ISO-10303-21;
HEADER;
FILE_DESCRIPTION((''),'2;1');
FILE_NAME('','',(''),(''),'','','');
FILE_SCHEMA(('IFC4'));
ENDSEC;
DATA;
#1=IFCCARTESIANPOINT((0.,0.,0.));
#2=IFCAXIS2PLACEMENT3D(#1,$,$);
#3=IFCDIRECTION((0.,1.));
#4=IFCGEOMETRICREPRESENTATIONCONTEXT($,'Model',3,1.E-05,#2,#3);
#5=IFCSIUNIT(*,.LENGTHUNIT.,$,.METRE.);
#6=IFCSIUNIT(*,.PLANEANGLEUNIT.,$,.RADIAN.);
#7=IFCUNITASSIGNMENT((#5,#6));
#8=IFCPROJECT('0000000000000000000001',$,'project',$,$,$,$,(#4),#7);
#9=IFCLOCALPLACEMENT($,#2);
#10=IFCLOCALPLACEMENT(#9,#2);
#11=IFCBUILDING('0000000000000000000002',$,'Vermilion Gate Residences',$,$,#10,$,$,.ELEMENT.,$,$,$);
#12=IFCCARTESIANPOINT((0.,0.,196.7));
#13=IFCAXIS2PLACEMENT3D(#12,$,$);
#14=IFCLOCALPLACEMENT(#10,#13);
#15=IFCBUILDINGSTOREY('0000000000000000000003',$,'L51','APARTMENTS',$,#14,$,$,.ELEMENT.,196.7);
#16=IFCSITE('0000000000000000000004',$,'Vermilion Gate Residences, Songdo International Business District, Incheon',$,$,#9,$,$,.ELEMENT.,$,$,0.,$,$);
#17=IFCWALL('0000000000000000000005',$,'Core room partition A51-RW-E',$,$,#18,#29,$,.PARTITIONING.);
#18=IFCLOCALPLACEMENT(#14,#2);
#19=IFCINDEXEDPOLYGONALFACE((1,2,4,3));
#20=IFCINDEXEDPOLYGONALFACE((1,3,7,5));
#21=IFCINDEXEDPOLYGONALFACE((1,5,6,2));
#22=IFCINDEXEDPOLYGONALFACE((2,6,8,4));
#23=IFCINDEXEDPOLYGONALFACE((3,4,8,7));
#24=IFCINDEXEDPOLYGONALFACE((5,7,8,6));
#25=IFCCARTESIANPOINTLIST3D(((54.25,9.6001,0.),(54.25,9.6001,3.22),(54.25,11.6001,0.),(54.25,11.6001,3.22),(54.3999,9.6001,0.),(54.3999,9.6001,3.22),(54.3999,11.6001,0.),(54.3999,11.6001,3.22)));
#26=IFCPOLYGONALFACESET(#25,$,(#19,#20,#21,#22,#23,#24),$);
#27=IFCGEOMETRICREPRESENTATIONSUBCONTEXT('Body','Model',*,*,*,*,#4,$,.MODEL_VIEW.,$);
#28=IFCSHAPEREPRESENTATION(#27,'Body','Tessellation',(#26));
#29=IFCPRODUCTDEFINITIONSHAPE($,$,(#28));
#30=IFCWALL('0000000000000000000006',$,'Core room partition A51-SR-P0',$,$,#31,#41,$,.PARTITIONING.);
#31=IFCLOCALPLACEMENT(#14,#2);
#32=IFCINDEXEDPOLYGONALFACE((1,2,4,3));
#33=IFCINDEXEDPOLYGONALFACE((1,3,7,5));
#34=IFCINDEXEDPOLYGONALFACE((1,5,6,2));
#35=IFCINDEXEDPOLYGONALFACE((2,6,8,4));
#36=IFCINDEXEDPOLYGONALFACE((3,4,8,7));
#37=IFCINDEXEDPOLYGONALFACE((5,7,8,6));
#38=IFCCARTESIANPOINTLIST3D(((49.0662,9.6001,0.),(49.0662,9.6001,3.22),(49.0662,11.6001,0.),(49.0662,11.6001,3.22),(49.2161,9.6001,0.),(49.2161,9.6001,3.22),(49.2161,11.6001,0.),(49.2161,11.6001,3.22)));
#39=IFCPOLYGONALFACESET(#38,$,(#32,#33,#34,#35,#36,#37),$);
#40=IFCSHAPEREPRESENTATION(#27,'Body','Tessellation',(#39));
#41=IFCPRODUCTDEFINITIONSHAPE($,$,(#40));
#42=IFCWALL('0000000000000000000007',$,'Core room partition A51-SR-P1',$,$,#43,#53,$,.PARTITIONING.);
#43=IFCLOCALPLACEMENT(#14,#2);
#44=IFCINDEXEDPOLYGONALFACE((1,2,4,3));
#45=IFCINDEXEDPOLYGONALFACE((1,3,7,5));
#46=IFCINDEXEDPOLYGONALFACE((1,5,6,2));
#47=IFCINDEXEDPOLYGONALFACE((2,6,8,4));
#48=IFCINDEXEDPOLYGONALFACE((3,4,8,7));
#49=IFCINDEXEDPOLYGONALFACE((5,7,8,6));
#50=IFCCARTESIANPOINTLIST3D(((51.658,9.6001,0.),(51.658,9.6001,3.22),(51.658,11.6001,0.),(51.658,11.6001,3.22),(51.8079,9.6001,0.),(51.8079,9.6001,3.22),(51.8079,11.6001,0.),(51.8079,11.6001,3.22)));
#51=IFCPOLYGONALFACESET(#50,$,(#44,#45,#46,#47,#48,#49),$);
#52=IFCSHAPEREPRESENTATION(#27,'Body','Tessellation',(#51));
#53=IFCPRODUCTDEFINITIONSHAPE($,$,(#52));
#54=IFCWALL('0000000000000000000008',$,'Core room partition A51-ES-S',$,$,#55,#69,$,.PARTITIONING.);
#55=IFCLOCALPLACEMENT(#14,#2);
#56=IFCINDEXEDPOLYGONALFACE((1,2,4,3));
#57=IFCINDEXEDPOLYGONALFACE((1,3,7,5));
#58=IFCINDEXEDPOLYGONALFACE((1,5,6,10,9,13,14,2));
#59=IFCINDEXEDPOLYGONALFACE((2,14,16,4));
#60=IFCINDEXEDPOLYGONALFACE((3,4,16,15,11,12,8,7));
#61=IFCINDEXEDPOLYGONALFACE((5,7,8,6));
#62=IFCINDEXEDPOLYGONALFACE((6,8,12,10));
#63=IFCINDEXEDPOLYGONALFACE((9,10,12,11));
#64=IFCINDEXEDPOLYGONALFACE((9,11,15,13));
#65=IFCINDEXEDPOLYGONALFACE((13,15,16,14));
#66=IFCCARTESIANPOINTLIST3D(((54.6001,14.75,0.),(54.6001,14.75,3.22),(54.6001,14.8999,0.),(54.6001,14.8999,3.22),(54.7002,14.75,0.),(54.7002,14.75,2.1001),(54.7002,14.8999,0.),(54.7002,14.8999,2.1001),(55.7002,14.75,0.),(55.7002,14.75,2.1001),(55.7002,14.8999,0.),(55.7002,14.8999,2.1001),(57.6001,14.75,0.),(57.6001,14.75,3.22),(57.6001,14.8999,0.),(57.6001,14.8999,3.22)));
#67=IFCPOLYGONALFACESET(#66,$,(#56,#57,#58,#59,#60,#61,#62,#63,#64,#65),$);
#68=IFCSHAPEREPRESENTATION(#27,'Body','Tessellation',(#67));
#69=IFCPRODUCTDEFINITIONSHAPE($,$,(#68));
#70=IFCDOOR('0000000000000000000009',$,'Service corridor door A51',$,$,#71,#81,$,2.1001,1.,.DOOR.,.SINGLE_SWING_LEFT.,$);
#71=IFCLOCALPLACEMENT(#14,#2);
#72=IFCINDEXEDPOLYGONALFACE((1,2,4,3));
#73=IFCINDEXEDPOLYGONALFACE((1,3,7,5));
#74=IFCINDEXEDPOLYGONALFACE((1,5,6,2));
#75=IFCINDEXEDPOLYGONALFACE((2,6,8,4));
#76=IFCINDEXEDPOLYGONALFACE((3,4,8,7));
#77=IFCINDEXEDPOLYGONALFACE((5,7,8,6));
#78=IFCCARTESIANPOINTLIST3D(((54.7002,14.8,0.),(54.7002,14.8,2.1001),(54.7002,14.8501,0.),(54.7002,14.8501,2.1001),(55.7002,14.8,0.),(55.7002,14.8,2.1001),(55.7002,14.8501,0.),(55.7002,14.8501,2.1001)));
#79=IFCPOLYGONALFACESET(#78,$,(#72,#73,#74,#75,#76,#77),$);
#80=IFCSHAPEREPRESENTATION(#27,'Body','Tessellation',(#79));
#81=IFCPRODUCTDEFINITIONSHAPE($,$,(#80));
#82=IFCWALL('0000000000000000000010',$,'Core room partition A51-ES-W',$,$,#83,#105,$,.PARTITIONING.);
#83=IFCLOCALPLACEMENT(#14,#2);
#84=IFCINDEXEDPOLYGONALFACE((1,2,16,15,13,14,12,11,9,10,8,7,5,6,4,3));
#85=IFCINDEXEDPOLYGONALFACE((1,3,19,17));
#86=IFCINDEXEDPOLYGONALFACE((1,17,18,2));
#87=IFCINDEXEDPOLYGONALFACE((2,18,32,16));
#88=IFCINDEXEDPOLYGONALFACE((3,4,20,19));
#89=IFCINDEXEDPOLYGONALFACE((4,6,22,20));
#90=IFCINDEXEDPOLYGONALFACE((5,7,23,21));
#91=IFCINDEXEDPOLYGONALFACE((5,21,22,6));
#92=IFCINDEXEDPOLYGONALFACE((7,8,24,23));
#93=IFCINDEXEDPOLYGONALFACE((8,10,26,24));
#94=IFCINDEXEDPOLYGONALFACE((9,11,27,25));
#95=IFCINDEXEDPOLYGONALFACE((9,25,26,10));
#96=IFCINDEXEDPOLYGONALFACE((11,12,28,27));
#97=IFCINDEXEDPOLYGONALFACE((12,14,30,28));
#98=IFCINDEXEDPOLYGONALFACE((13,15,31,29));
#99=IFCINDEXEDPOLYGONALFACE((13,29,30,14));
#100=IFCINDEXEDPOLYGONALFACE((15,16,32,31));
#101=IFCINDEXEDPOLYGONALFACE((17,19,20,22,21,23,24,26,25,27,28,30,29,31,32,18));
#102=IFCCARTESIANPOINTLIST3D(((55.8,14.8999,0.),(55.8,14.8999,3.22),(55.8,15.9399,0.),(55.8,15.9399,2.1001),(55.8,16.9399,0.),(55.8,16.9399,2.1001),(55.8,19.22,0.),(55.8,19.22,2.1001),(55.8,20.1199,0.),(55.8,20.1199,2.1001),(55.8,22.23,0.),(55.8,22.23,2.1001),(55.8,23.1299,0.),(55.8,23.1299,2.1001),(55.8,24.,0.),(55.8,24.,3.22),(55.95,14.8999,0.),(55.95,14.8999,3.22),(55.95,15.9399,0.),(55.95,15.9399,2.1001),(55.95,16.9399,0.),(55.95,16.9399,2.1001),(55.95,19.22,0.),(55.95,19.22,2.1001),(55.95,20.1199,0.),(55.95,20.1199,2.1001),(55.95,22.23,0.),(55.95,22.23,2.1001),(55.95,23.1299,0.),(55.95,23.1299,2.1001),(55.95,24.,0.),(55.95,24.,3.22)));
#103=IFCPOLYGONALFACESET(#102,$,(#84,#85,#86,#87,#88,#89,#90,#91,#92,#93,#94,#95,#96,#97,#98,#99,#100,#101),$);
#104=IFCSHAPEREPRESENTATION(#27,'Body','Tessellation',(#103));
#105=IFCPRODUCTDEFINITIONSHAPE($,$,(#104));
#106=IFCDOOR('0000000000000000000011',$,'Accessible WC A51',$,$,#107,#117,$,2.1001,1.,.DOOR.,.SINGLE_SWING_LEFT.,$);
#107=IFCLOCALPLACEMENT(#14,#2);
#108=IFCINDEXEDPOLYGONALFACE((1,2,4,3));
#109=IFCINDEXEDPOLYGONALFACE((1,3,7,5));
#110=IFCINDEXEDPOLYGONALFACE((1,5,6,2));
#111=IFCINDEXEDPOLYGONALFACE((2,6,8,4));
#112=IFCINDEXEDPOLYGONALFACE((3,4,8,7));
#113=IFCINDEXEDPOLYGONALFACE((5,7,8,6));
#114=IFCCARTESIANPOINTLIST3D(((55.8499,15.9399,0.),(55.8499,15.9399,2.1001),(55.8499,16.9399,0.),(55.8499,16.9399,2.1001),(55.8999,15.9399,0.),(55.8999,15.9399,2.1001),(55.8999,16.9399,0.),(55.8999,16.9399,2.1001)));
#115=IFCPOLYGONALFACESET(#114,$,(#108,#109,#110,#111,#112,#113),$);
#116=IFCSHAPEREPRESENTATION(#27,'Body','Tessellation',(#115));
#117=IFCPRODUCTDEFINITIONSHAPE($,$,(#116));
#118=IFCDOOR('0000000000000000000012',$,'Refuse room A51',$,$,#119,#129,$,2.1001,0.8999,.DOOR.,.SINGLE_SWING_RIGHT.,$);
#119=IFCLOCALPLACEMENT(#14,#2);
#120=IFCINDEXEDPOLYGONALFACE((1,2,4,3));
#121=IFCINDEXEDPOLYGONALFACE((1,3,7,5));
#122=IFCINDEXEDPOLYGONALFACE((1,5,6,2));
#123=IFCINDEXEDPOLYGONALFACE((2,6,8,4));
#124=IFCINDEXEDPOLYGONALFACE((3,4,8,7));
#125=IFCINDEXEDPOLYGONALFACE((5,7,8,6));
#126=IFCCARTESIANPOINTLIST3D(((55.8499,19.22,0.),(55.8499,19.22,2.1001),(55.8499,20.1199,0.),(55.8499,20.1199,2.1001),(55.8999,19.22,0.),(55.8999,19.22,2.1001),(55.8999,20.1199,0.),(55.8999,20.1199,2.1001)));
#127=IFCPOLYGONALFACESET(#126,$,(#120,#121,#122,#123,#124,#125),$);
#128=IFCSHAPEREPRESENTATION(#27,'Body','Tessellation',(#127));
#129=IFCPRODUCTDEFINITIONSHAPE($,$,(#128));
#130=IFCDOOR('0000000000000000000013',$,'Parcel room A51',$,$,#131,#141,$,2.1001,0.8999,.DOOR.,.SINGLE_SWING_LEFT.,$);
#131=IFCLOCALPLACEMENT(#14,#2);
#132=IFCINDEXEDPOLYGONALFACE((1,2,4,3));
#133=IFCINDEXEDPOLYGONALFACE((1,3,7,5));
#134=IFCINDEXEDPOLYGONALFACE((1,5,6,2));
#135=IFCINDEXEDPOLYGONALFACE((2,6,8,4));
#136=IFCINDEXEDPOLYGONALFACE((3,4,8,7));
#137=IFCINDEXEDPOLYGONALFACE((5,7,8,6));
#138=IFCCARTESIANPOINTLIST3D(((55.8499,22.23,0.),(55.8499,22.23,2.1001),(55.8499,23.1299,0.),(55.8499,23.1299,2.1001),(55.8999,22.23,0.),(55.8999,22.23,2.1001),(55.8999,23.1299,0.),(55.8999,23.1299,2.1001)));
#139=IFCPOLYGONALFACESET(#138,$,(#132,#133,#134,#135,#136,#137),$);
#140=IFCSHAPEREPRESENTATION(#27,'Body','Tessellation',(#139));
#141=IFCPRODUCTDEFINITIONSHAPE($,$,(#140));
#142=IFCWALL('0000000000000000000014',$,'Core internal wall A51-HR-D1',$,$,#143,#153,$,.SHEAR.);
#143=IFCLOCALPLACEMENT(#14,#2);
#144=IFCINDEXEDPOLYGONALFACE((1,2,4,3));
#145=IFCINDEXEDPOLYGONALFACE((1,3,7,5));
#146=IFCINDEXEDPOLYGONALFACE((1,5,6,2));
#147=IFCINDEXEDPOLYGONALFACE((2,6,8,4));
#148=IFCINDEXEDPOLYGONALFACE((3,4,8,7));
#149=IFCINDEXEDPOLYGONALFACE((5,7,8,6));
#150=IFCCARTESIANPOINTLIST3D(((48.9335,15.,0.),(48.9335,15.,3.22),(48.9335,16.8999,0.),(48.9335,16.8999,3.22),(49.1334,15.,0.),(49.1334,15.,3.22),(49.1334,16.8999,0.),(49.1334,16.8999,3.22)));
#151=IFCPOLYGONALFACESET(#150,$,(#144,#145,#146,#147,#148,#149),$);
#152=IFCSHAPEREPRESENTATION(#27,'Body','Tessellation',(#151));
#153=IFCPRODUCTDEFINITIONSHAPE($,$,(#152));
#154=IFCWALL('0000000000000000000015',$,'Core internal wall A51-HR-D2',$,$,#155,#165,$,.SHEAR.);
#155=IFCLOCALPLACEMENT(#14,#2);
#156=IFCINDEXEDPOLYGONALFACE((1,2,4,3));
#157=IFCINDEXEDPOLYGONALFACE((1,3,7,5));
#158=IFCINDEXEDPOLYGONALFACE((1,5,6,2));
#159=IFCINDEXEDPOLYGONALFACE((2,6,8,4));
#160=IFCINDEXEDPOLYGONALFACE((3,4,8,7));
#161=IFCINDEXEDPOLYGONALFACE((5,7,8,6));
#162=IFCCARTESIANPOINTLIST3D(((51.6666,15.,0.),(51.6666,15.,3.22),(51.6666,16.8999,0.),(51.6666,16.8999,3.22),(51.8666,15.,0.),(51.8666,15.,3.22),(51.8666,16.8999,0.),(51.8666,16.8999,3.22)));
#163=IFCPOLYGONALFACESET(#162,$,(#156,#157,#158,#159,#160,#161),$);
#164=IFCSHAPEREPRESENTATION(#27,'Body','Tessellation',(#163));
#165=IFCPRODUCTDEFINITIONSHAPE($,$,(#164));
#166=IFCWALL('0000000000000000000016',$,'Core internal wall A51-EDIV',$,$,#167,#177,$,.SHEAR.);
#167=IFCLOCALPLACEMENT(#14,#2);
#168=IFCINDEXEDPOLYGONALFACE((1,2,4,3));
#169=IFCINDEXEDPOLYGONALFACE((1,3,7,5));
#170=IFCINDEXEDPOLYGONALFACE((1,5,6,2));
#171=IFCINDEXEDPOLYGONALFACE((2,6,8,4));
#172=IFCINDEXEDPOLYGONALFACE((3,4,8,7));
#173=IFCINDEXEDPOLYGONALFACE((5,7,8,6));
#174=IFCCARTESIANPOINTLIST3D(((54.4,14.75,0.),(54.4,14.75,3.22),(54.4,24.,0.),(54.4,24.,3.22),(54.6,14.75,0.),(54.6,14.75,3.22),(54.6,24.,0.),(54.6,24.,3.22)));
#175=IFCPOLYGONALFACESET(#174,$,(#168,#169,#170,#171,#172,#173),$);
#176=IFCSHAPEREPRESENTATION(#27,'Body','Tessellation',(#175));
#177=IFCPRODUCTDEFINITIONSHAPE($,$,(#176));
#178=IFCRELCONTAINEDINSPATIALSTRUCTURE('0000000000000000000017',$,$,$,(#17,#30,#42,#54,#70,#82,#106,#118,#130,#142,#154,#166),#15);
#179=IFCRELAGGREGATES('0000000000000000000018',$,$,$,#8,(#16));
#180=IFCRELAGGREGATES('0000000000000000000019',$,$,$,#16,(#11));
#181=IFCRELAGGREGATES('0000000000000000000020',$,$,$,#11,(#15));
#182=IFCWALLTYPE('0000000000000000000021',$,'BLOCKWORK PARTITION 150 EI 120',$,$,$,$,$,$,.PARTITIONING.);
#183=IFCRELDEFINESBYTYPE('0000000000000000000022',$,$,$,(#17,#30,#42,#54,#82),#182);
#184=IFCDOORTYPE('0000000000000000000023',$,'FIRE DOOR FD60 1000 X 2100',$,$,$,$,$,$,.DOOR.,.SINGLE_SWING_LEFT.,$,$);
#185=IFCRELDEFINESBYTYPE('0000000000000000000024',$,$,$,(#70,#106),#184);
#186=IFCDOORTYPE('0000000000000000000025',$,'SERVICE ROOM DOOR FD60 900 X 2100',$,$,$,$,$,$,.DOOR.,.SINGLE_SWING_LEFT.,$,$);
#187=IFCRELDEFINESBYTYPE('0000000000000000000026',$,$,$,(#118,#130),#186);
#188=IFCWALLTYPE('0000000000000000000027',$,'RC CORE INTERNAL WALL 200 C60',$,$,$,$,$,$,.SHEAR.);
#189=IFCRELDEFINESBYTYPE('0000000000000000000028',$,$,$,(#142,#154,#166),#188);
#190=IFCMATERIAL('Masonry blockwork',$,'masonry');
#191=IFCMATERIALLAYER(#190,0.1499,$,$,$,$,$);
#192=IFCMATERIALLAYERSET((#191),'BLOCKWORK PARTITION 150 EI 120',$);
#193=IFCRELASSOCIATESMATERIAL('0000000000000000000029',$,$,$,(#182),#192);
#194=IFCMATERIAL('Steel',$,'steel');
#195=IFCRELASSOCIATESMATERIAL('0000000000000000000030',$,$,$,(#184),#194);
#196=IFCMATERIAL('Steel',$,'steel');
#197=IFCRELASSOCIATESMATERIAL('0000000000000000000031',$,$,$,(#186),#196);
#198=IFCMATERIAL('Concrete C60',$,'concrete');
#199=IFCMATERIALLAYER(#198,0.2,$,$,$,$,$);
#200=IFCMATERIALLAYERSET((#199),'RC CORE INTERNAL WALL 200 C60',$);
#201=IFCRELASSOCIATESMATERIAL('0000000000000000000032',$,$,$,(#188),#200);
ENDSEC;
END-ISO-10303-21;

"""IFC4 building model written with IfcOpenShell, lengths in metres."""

from ifc_helpers import new_model, si_unit, direction, frame, frame_2d, origin, place, context, subcontext, project, spatial, rectangle, extrude, material, layer, layer_set, type_object, element, fill, save


model = new_model("IFC4")

# Units and contexts
model_context = context("Model", 3, precision=1e-05, world=origin(), true_north=direction((0.0, 1.0)))
body_context = subcontext(model_context, "Body", "Model", "MODEL_VIEW")
ifc_project = project(units=[si_unit("LENGTHUNIT", "METRE"), si_unit("PLANEANGLEUNIT", "RADIAN")], contexts=[model_context])

# Site, building, storey
site_placement = place(None, origin())
site = spatial("IfcSite", under=ifc_project, at=site_placement, Name="Vermilion Gate Residences, Songdo International Business District, Incheon", CompositionType="ELEMENT", RefElevation=0.0)
building_placement = place(site_placement, origin())
building = spatial("IfcBuilding", under=site, at=building_placement, Name="Vermilion Gate Residences", CompositionType="ELEMENT")
storey_placement = place(building_placement, frame((0.0, 0.0, 196.7)))
storey = spatial("IfcBuildingStorey", under=building, at=storey_placement, Name="L51", Description="APARTMENTS", CompositionType="ELEMENT", Elevation=196.7)

# Walls
ifc_material_1 = material(Name="Masonry blockwork", Category="masonry")
ifc_layer_1 = layer(ifc_material_1, 0.1499)
ifc_layer_set_1 = layer_set([ifc_layer_1], Name="BLOCKWORK PARTITION 150 EI 120")
wall_type_1 = type_object("IfcWallType", Name="BLOCKWORK PARTITION 150 EI 120", PredefinedType="PARTITIONING", material=ifc_layer_set_1)
for number, where, z_axis, x_axis, name in (
    (1, (54.325, 9.6001, 0.0), (0.0, 0.0, 1.0), (0.0, 1.0, 0.0), "Core room partition A51-RW-E"),
    (2, (49.1411, 9.6001, 0.0), (0.0, 0.0, 1.0), (0.0, 1.0, 0.0), "Core room partition A51-SR-P0"),
    (3, (51.7329, 9.6001, 0.0), (0.0, 0.0, 1.0), (0.0, 1.0, 0.0), "Core room partition A51-SR-P1"),
):
    element("IfcWall", number, at=place(storey_placement, frame(where, z_axis=z_axis, x_axis=x_axis)), inside=storey, type_object=wall_type_1, Name=name, PredefinedType="PARTITIONING", context=body_context, shape_type="SweptSolid", body=[
        extrude(rectangle(XDim=2.0, YDim=0.1499, at=frame_2d((1.0, 0.0))), origin(), (0.0, 0.0, 1.0), 3.22),
    ])

# Wall, opening, door
wall_1_placement = place(storey_placement, frame((54.6001, 14.825, 0.0), z_axis=(0.0, 0.0, 1.0), x_axis=(1.0, 0.0, 0.0)))
wall_1 = element("IfcWall", 4, at=wall_1_placement, inside=storey, type_object=wall_type_1, Name="Core room partition A51-ES-S", PredefinedType="PARTITIONING", context=body_context, shape_type="SweptSolid", body=[
    extrude(rectangle(XDim=3.0, YDim=0.1499, at=frame_2d((1.5, 0.0))), origin(), (0.0, 0.0, 1.0), 3.22),
])
opening_1_placement = place(wall_1_placement, frame((0.1001, 0.0, 0.0)))
opening_1 = element("IfcOpeningElement", 5, at=opening_1_placement, cuts=wall_1, PredefinedType="OPENING", context=body_context, shape_type="SweptSolid", body=[
    extrude(rectangle(XDim=1.0, YDim=2.1001, at=frame_2d((0.5, 1.05))), frame((0.0, 0.085, 0.0), z_axis=(0.0, -1.0, 0.0), x_axis=(1.0, 0.0, 0.0)), (0.0, 0.0, 1.0), 0.1699),
])
ifc_material_2 = material(Name="Steel", Category="steel")
door_type_1 = type_object("IfcDoorType", Name="FIRE DOOR FD60 1000 X 2100", OperationType="SINGLE_SWING_LEFT", PredefinedType="DOOR", material=ifc_material_2)
door_1_placement = place(opening_1_placement, frame((1.0, 0.0, 0.0), z_axis=(0.0, 0.0, 1.0), x_axis=(-1.0, 0.0, 0.0)))
door_1 = element("IfcDoor", 6, at=door_1_placement, inside=storey, type_object=door_type_1, Name="Service corridor door A51", OperationType="SINGLE_SWING_LEFT", OverallHeight=2.1001, OverallWidth=1.0, PredefinedType="DOOR", context=body_context, shape_type="SweptSolid", body=[
    extrude(rectangle(XDim=1.0, YDim=2.1001, at=frame_2d((0.5, 1.05))), frame((0.0, 0.0249, 0.0), z_axis=(0.0, -1.0, 0.0), x_axis=(1.0, 0.0, 0.0)), (0.0, 0.0, 1.0), 0.05),
])
fill(opening_1, door_1)

# Wall, openings, doors
wall_2_placement = place(storey_placement, frame((55.875, 14.8999, 0.0), z_axis=(0.0, 0.0, 1.0), x_axis=(0.0, 1.0, 0.0)))
wall_2 = element("IfcWall", 7, at=wall_2_placement, inside=storey, type_object=wall_type_1, Name="Core room partition A51-ES-W", PredefinedType="PARTITIONING", context=body_context, shape_type="SweptSolid", body=[
    extrude(rectangle(XDim=9.1001, YDim=0.1499, at=frame_2d((4.55, 0.0))), origin(), (0.0, 0.0, 1.0), 3.22),
])
opening_2_placement = place(wall_2_placement, frame((1.04, 0.0, 0.0)))
opening_2 = element("IfcOpeningElement", 8, at=opening_2_placement, cuts=wall_2, PredefinedType="OPENING", context=body_context, shape_type="SweptSolid", body=[
    extrude(rectangle(XDim=1.0, YDim=2.1001, at=frame_2d((0.5, 1.05))), frame((0.0, 0.085, 0.0), z_axis=(0.0, -1.0, 0.0), x_axis=(1.0, 0.0, 0.0)), (0.0, 0.0, 1.0), 0.1699),
])
opening_3_placement = place(wall_2_placement, frame((4.3201, 0.0, 0.0)))
opening_3 = element("IfcOpeningElement", 9, at=opening_3_placement, cuts=wall_2, PredefinedType="OPENING", context=body_context, shape_type="SweptSolid", body=[
    extrude(rectangle(XDim=0.8999, YDim=2.1001, at=frame_2d((0.45, 1.05))), frame((0.0, 0.085, 0.0), z_axis=(0.0, -1.0, 0.0), x_axis=(1.0, 0.0, 0.0)), (0.0, 0.0, 1.0), 0.1699),
])
opening_4_placement = place(wall_2_placement, frame((7.3301, 0.0, 0.0)))
opening_4 = element("IfcOpeningElement", 10, at=opening_4_placement, cuts=wall_2, PredefinedType="OPENING", context=body_context, shape_type="SweptSolid", body=[
    extrude(rectangle(XDim=0.8999, YDim=2.1001, at=frame_2d((0.45, 1.05))), frame((0.0, 0.085, 0.0), z_axis=(0.0, -1.0, 0.0), x_axis=(1.0, 0.0, 0.0)), (0.0, 0.0, 1.0), 0.1699),
])
door_2_placement = place(opening_2_placement, frame((1.0, 0.0, 0.0), z_axis=(0.0, 0.0, 1.0), x_axis=(-1.0, 0.0, 0.0)))
door_2 = element("IfcDoor", 11, at=door_2_placement, inside=storey, type_object=door_type_1, Name="Accessible WC A51", OperationType="SINGLE_SWING_LEFT", OverallHeight=2.1001, OverallWidth=1.0, PredefinedType="DOOR", context=body_context, shape_type="SweptSolid", body=[
    extrude(rectangle(XDim=1.0, YDim=2.1001, at=frame_2d((0.5, 1.05))), frame((0.0, 0.0249, 0.0), z_axis=(0.0, -1.0, 0.0), x_axis=(1.0, 0.0, 0.0)), (0.0, 0.0, 1.0), 0.05),
])
fill(opening_2, door_2)
ifc_material_3 = material(Name="Steel", Category="steel")
door_type_2 = type_object("IfcDoorType", Name="SERVICE ROOM DOOR FD60 900 X 2100", OperationType="SINGLE_SWING_LEFT", PredefinedType="DOOR", material=ifc_material_3)
door_3_placement = place(opening_3_placement, frame((0.8999, 0.0, 0.0), z_axis=(0.0, 0.0, 1.0), x_axis=(-1.0, 0.0, 0.0)))
door_3 = element("IfcDoor", 12, at=door_3_placement, inside=storey, type_object=door_type_2, Name="Refuse room A51", OperationType="SINGLE_SWING_RIGHT", OverallHeight=2.1001, OverallWidth=0.8999, PredefinedType="DOOR", context=body_context, shape_type="SweptSolid", body=[
    extrude(rectangle(XDim=0.8999, YDim=2.1001, at=frame_2d((0.45, 1.05))), frame((0.0, 0.0249, 0.0), z_axis=(0.0, -1.0, 0.0), x_axis=(1.0, 0.0, 0.0)), (0.0, 0.0, 1.0), 0.05),
])
fill(opening_3, door_3)
door_4_placement = place(opening_4_placement, frame((0.8999, 0.0, 0.0), z_axis=(0.0, 0.0, 1.0), x_axis=(-1.0, 0.0, 0.0)))
door_4 = element("IfcDoor", 13, at=door_4_placement, inside=storey, type_object=door_type_2, Name="Parcel room A51", OperationType="SINGLE_SWING_LEFT", OverallHeight=2.1001, OverallWidth=0.8999, PredefinedType="DOOR", context=body_context, shape_type="SweptSolid", body=[
    extrude(rectangle(XDim=0.8999, YDim=2.1001, at=frame_2d((0.45, 1.05))), frame((0.0, 0.0249, 0.0), z_axis=(0.0, -1.0, 0.0), x_axis=(1.0, 0.0, 0.0)), (0.0, 0.0, 1.0), 0.05),
])
fill(opening_4, door_4)

# Walls
ifc_material_4 = material(Name="Concrete C60", Category="concrete")
ifc_layer_2 = layer(ifc_material_4, 0.2)
ifc_layer_set_2 = layer_set([ifc_layer_2], Name="RC CORE INTERNAL WALL 200 C60")
wall_type_2 = type_object("IfcWallType", Name="RC CORE INTERNAL WALL 200 C60", PredefinedType="SHEAR", material=ifc_layer_set_2)
for number, where, z_axis, x_axis, name in (
    (14, (49.0334, 15.0, 0.0), (0.0, 0.0, 1.0), (0.0, 1.0, 0.0), "Core internal wall A51-HR-D1"),
    (15, (51.7666, 15.0, 0.0), (0.0, 0.0, 1.0), (0.0, 1.0, 0.0), "Core internal wall A51-HR-D2"),
):
    element("IfcWall", number, at=place(storey_placement, frame(where, z_axis=z_axis, x_axis=x_axis)), inside=storey, type_object=wall_type_2, Name=name, PredefinedType="SHEAR", context=body_context, shape_type="SweptSolid", body=[
        extrude(rectangle(XDim=1.8999, YDim=0.2, at=frame_2d((0.95, 0.0))), origin(), (0.0, 0.0, 1.0), 3.22),
    ])
wall_3_placement = place(storey_placement, frame((54.5, 14.75, 0.0), z_axis=(0.0, 0.0, 1.0), x_axis=(0.0, 1.0, 0.0)))
element("IfcWall", 16, at=wall_3_placement, inside=storey, type_object=wall_type_2, Name="Core internal wall A51-EDIV", PredefinedType="SHEAR", context=body_context, shape_type="SweptSolid", body=[
    extrude(rectangle(XDim=9.25, YDim=0.2, at=frame_2d((4.625, 0.0))), origin(), (0.0, 0.0, 1.0), 3.22),
])

save(model, "model.ifc")
